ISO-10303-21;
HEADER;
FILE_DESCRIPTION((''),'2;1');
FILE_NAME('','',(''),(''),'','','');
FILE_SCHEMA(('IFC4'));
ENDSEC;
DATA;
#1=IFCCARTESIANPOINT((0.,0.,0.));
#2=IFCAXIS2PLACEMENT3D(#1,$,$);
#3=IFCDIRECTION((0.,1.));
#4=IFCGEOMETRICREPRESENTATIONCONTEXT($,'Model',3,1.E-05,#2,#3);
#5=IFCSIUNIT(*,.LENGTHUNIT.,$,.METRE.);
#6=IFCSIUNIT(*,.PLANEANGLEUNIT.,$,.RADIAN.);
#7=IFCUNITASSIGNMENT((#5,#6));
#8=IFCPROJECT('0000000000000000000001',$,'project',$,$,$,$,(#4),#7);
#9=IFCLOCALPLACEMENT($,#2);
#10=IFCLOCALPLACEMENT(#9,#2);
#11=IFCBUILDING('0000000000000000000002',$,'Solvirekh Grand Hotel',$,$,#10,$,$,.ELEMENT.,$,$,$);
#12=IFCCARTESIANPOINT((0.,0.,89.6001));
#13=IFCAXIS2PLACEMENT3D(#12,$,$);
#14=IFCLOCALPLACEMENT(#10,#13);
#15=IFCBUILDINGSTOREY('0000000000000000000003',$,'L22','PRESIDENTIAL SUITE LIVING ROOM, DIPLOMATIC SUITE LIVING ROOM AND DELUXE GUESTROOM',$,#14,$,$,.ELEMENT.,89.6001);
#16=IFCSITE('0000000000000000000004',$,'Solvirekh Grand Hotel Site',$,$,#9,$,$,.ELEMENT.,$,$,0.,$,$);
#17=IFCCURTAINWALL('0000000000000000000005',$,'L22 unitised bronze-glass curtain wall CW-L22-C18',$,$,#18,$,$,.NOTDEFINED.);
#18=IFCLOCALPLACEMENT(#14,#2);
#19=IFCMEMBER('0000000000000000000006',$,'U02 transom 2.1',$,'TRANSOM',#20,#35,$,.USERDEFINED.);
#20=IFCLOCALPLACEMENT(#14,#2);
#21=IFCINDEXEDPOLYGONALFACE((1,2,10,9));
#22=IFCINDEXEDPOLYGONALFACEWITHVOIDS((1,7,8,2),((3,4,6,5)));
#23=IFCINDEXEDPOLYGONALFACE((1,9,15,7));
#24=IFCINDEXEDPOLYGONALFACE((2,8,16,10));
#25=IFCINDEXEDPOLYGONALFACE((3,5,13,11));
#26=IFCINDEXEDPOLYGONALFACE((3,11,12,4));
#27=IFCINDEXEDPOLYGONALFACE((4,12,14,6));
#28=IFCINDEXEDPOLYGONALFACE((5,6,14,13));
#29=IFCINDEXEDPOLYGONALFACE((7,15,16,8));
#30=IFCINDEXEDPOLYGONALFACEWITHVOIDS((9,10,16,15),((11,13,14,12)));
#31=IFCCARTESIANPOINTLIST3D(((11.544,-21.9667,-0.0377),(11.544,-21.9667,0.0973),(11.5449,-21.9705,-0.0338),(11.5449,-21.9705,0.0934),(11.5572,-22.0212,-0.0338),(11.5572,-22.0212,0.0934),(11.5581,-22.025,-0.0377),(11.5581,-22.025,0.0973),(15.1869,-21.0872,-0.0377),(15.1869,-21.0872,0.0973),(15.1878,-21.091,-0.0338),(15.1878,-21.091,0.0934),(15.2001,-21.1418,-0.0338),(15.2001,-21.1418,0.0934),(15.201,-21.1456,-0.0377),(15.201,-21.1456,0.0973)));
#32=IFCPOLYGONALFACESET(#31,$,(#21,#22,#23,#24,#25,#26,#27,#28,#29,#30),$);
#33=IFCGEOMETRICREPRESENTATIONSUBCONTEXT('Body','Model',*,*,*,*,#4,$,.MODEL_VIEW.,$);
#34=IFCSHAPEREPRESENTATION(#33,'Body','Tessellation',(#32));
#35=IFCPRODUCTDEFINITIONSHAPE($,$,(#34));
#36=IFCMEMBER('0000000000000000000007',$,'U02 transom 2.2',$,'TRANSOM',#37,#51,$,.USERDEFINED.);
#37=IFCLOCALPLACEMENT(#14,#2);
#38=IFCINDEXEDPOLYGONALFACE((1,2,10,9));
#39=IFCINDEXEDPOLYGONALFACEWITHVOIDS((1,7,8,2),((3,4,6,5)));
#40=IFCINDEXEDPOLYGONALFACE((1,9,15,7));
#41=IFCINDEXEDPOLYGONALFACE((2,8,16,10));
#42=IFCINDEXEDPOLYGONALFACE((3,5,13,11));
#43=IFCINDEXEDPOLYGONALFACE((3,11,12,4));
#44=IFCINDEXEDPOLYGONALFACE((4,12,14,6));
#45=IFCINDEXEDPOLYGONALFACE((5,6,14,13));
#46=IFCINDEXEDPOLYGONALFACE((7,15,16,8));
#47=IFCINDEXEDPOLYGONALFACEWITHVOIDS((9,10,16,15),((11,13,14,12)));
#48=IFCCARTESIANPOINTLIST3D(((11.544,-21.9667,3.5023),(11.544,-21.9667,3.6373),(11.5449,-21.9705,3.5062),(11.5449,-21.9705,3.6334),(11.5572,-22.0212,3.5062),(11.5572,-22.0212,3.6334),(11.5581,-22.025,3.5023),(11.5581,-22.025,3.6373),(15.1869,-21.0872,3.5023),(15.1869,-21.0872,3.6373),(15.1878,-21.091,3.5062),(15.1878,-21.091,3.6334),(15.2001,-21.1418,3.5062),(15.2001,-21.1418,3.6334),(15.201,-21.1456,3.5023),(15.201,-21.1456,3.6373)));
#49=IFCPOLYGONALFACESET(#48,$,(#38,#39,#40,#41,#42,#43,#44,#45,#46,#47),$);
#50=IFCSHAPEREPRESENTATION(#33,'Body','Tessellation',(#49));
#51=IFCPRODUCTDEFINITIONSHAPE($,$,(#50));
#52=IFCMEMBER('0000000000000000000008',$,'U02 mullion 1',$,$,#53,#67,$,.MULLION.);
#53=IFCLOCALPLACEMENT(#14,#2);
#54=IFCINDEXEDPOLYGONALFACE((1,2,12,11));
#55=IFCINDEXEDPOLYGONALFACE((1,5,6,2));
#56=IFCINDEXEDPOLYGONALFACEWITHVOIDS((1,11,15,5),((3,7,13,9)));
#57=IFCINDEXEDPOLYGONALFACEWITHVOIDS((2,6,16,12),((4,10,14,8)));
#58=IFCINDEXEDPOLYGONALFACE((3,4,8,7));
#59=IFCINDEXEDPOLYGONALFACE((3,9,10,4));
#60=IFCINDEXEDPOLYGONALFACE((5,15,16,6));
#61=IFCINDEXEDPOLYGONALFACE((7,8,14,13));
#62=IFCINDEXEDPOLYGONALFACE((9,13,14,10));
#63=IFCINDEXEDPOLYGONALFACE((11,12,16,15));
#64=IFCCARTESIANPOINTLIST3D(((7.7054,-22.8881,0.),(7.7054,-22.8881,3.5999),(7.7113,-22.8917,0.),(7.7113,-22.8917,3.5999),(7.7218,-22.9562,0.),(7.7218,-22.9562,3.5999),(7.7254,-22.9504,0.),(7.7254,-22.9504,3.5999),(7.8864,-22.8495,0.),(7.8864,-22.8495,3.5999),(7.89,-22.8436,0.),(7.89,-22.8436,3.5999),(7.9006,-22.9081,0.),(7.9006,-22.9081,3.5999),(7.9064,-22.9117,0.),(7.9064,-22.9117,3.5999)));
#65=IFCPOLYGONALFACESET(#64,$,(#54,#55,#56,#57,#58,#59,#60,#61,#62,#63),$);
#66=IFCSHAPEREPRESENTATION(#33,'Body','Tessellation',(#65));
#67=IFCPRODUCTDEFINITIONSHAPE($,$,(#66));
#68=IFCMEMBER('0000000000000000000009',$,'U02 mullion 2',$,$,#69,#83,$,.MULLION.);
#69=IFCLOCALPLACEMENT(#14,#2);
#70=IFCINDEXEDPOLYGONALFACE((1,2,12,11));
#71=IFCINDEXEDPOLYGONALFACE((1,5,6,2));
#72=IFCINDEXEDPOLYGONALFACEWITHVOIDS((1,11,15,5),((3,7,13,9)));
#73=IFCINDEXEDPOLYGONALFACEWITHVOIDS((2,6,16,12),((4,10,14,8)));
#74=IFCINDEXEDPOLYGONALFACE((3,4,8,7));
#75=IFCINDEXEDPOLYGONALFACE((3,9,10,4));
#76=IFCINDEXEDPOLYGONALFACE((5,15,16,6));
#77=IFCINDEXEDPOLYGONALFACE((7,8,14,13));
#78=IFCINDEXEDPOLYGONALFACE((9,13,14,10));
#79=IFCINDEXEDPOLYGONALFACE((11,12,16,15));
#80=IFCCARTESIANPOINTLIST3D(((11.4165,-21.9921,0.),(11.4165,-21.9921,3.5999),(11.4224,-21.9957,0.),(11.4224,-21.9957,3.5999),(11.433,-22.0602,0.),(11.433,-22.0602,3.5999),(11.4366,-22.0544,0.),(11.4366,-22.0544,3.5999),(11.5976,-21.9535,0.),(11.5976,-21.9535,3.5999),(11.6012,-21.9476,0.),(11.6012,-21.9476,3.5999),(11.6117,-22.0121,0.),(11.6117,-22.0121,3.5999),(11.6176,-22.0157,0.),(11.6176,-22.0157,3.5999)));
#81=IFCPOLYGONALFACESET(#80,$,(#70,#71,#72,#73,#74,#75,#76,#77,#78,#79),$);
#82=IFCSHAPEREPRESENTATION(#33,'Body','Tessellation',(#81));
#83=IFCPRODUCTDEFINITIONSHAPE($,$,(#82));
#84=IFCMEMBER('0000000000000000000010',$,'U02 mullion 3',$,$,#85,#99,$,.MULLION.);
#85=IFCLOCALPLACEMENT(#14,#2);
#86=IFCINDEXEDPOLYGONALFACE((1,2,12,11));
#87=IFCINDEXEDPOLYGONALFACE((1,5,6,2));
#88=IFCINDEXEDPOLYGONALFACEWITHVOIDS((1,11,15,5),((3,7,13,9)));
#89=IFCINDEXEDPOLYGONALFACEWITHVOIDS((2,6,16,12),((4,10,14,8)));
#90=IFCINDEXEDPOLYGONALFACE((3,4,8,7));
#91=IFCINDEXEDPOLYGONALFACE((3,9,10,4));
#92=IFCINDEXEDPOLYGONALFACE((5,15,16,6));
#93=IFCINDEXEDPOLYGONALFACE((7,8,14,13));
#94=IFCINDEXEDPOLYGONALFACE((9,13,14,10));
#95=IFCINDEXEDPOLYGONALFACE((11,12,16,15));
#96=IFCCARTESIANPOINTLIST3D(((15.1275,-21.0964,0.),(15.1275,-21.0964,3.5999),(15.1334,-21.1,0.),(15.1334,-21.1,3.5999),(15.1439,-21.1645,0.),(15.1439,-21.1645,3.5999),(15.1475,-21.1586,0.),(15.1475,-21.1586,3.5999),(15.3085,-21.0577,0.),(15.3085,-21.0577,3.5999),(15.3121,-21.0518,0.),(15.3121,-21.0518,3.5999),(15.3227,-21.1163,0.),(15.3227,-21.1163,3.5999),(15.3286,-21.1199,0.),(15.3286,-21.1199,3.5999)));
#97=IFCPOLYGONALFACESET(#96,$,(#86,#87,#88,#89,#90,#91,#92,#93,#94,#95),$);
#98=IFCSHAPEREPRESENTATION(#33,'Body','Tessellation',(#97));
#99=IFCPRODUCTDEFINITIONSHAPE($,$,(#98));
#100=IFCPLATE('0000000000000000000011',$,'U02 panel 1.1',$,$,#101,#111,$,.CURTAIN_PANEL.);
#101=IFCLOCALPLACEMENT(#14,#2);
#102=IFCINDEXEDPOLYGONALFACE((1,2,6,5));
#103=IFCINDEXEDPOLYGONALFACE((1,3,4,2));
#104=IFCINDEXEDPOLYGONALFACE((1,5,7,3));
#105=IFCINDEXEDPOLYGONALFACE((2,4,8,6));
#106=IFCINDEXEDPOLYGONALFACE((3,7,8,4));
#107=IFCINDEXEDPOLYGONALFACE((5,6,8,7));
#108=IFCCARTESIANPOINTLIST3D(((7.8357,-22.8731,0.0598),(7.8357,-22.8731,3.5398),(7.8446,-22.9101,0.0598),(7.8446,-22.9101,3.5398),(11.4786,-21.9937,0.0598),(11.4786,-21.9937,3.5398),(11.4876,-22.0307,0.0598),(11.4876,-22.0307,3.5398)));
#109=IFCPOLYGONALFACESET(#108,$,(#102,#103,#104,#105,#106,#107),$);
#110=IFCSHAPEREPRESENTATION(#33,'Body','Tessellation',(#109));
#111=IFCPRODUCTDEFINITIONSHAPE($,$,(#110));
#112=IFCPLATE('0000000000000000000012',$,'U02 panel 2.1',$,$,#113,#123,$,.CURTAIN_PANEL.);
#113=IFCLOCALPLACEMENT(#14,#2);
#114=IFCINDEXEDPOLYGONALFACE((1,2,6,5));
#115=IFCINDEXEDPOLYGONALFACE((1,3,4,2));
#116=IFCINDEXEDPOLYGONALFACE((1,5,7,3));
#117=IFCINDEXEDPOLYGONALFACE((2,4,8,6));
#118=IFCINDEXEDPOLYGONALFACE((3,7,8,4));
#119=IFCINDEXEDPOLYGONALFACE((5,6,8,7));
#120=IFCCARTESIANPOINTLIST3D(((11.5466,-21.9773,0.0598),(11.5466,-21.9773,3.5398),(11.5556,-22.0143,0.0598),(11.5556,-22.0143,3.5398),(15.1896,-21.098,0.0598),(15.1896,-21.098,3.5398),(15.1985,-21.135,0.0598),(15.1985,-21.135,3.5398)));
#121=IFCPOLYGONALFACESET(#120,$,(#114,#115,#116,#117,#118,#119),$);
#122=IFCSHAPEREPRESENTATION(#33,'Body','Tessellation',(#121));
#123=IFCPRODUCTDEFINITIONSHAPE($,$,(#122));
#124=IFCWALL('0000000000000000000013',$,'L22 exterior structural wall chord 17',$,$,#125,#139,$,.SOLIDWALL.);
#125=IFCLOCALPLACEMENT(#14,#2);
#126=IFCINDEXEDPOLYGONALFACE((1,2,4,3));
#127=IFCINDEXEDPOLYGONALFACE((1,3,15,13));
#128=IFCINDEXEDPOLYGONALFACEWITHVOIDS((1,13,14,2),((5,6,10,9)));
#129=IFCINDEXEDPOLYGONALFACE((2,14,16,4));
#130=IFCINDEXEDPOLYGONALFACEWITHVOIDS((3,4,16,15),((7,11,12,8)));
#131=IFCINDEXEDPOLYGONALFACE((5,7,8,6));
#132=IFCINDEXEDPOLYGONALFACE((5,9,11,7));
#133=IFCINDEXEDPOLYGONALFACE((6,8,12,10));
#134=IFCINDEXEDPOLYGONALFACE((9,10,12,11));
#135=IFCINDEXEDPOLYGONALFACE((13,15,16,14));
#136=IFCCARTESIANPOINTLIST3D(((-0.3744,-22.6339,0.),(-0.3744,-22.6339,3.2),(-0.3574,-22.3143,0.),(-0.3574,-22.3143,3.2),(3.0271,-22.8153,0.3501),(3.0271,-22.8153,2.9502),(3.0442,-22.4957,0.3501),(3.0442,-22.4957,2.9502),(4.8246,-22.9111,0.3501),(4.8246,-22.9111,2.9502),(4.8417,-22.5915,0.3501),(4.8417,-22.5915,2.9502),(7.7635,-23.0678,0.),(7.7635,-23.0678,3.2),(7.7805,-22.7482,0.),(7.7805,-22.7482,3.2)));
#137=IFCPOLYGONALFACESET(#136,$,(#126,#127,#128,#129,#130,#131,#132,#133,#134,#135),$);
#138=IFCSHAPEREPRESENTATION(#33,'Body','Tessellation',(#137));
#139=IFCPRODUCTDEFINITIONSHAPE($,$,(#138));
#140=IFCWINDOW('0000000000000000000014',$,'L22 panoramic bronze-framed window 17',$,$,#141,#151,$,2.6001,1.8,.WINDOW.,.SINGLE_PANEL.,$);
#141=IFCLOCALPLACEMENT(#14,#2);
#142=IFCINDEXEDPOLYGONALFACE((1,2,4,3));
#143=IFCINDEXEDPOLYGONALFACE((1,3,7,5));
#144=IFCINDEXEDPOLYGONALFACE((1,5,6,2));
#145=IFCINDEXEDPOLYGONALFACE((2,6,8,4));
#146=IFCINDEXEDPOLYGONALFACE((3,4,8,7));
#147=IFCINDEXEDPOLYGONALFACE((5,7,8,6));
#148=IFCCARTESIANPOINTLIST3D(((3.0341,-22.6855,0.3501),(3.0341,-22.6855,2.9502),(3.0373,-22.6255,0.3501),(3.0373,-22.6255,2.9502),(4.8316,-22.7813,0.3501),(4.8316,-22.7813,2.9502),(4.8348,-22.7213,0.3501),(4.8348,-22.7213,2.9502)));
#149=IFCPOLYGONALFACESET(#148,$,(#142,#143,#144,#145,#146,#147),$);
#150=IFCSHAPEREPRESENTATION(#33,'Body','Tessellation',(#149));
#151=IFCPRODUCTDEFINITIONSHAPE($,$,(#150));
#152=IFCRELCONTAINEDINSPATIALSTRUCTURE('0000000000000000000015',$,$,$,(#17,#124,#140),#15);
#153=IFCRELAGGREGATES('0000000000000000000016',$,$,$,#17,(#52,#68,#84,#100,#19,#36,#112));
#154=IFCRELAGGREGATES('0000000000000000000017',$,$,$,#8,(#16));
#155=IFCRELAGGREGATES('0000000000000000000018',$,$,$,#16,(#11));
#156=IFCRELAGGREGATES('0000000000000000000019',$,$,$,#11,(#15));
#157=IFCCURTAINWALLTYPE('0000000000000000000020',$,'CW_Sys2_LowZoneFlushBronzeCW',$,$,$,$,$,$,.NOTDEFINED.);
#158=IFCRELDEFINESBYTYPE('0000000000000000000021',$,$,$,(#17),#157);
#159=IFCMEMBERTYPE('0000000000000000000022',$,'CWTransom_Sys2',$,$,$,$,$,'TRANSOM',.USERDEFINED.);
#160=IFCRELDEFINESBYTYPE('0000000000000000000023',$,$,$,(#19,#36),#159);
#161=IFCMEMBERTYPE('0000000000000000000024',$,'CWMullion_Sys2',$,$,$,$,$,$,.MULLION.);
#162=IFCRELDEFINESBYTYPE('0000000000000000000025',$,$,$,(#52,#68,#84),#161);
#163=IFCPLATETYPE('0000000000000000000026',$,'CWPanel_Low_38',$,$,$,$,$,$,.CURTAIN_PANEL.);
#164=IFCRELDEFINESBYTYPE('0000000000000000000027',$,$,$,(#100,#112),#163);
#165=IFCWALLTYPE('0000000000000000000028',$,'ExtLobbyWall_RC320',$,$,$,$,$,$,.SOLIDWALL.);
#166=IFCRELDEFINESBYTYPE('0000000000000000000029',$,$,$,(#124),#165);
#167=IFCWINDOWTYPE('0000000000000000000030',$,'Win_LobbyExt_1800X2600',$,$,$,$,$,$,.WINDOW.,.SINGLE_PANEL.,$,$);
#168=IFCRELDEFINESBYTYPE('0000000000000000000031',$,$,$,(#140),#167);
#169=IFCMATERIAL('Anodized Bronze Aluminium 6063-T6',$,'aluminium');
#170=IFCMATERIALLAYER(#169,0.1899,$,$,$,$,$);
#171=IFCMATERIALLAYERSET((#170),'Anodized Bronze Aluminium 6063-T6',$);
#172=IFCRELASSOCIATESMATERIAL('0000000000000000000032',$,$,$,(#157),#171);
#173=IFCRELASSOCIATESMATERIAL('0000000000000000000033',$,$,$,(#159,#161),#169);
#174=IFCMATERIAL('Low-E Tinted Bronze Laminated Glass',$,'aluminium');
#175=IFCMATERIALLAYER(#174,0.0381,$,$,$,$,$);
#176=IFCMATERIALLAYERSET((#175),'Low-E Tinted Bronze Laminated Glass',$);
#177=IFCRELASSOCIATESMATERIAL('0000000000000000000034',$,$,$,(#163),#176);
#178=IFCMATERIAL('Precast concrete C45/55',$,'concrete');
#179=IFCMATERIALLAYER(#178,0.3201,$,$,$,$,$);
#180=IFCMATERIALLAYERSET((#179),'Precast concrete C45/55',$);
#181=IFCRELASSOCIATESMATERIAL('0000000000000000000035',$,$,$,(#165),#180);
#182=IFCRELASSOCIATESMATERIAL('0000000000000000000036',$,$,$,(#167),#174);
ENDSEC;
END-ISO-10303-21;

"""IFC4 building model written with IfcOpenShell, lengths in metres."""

from ifc_helpers import new_model, si_unit, direction, frame, frame_2d, origin, origin_2d, place, context, subcontext, project, spatial, rectangle, hollow_rectangle, extrude, source, transform, mapped, material, layer, layer_set, material_profile, profile_set, type_object, element, fill, aggregate, save


model = new_model("IFC4")

# Units and contexts
model_context = context("Model", 3, precision=1e-05, world=origin(), true_north=direction((0.0, 1.0)))
body_context = subcontext(model_context, "Body", "Model", "MODEL_VIEW")
ifc_project = project(units=[si_unit("LENGTHUNIT", "METRE"), si_unit("PLANEANGLEUNIT", "RADIAN")], contexts=[model_context])

# Site, building, storey
site_placement = place(None, origin())
site = spatial("IfcSite", under=ifc_project, at=site_placement, Name="Solvirekh Grand Hotel Site", CompositionType="ELEMENT", RefElevation=0.0)
building_placement = place(site_placement, origin())
building = spatial("IfcBuilding", under=site, at=building_placement, Name="Solvirekh Grand Hotel", CompositionType="ELEMENT")
storey_placement = place(building_placement, frame((0.0, 0.0, 89.6001)))
storey = spatial("IfcBuildingStorey", under=building, at=storey_placement, Name="L22", Description="PRESIDENTIAL SUITE LIVING ROOM, DIPLOMATIC SUITE LIVING ROOM AND DELUXE GUESTROOM", CompositionType="ELEMENT", Elevation=89.6001)

# Curtain wall, members, plates
ifc_material_1 = material(Name="Anodized Bronze Aluminium 6063-T6", Category="aluminium")
ifc_layer_1 = layer(ifc_material_1, 0.1899)
ifc_layer_set_1 = layer_set([ifc_layer_1], Name="Anodized Bronze Aluminium 6063-T6")
curtain_wall_type = type_object("IfcCurtainWallType", Name="CW_Sys2_LowZoneFlushBronzeCW", PredefinedType="NOTDEFINED", material=ifc_layer_set_1)
curtain_wall_placement = place(storey_placement, origin())
curtain_wall = element("IfcCurtainWall", 1, at=curtain_wall_placement, inside=storey, type_object=curtain_wall_type, Name="L22 unitised bronze-glass curtain wall CW-L22-C18", PredefinedType="NOTDEFINED")
ifc_material_profile_1 = material_profile(ifc_material_1, hollow_rectangle(XDim=0.0601, YDim=0.135, WallThickness=0.0039, at=origin_2d()), Name="ALU RHS 135X60X4")
ifc_profile_set_1 = profile_set([ifc_material_profile_1], Name="Anodized Bronze Aluminium 6063-T6")
member_type_1 = type_object("IfcMemberType", Name="CWTransom_Sys2", ElementType="TRANSOM", PredefinedType="USERDEFINED", material=ifc_profile_set_1)
shared_shape_1 = source(origin(), body_context, "Body", "SweptSolid", [
    extrude(hollow_rectangle(XDim=0.0601, YDim=0.135, WallThickness=0.0039, at=origin_2d()), origin(), (0.0, 0.0, 1.0), 3.7476),
])
member_1_placement = place(storey_placement, frame((11.551, -21.9958, 0.0298), z_axis=(0.972077, 0.234664, 0.0), x_axis=(-0.234664, 0.972077, 0.0)))
member_1 = element("IfcMember", 2, at=member_1_placement, type_object=member_type_1, Name="U02 transom 2.1", ObjectType="TRANSOM", PredefinedType="USERDEFINED", context=body_context, shape_type="MappedRepresentation", body=[
    mapped(shared_shape_1, transform((0.0, 0.0, 0.0), x_axis=(1.0, 0.0, 0.0), y_axis=(0.0, 1.0, 0.0), z_axis=(0.0, 0.0, 1.0), scale=1.0)),
])
member_2_placement = place(storey_placement, frame((11.551, -21.9958, 3.5698), z_axis=(0.972077, 0.234664, 0.0), x_axis=(-0.234664, 0.972077, 0.0)))
member_2 = element("IfcMember", 3, at=member_2_placement, type_object=member_type_1, Name="U02 transom 2.2", ObjectType="TRANSOM", PredefinedType="USERDEFINED", context=body_context, shape_type="MappedRepresentation", body=[
    mapped(shared_shape_1, transform((0.0, 0.0, 0.0), x_axis=(1.0, 0.0, 0.0), y_axis=(0.0, 1.0, 0.0), z_axis=(0.0, 0.0, 1.0), scale=1.0)),
])
ifc_material_profile_2 = material_profile(ifc_material_1, hollow_rectangle(XDim=0.0701, YDim=0.1899, WallThickness=0.0049, at=origin_2d()), Name="ALU RHS 190X70X5")
ifc_profile_set_2 = profile_set([ifc_material_profile_2], Name="Anodized Bronze Aluminium 6063-T6")
member_type_2 = type_object("IfcMemberType", Name="CWMullion_Sys2", PredefinedType="MULLION", material=ifc_profile_set_2)
shared_shape_2 = source(origin(), body_context, "Body", "SweptSolid", [
    extrude(hollow_rectangle(XDim=0.0701, YDim=0.1899, WallThickness=0.0049, at=origin_2d()), origin(), (0.0, 0.0, 1.0), 3.5999),
])
member_3_placement = place(storey_placement, frame((7.8059, -22.8999, 0.0), z_axis=(0.0, 0.0, 1.0), x_axis=(-0.234649, 0.97208, 0.0)))
member_3 = element("IfcMember", 4, at=member_3_placement, type_object=member_type_2, Name="U02 mullion 1", PredefinedType="MULLION", context=body_context, shape_type="MappedRepresentation", body=[
    mapped(shared_shape_2, transform((0.0, 0.0, 0.0), x_axis=(1.0, 0.0, 0.0), y_axis=(0.0, 1.0, 0.0), z_axis=(0.0, 0.0, 1.0), scale=1.0)),
])
member_4_placement = place(storey_placement, frame((11.5171, -22.0039, 0.0), z_axis=(0.0, 0.0, 1.0), x_axis=(-0.234649, 0.97208, 0.0)))
member_4 = element("IfcMember", 5, at=member_4_placement, type_object=member_type_2, Name="U02 mullion 2", PredefinedType="MULLION", context=body_context, shape_type="MappedRepresentation", body=[
    mapped(shared_shape_2, transform((0.0, 0.0, 0.0), x_axis=(1.0, 0.0, 0.0), y_axis=(0.0, 1.0, 0.0), z_axis=(0.0, 0.0, 1.0), scale=1.0)),
])
member_5_placement = place(storey_placement, frame((15.228, -21.1082, 0.0), z_axis=(0.0, 0.0, 1.0), x_axis=(-0.234649, 0.97208, 0.0)))
member_5 = element("IfcMember", 6, at=member_5_placement, type_object=member_type_2, Name="U02 mullion 3", PredefinedType="MULLION", context=body_context, shape_type="MappedRepresentation", body=[
    mapped(shared_shape_2, transform((0.0, 0.0, 0.0), x_axis=(1.0, 0.0, 0.0), y_axis=(0.0, 1.0, 0.0), z_axis=(0.0, 0.0, 1.0), scale=1.0)),
])
ifc_material_2 = material(Name="Low-E Tinted Bronze Laminated Glass", Category="aluminium")
ifc_layer_2 = layer(ifc_material_2, 0.0381)
ifc_layer_set_2 = layer_set([ifc_layer_2], Name="Low-E Tinted Bronze Laminated Glass")
plate_type = type_object("IfcPlateType", Name="CWPanel_Low_38", PredefinedType="CURTAIN_PANEL", material=ifc_layer_set_2)
shared_shape_3 = source(origin(), body_context, "Body", "SweptSolid", [
    extrude(rectangle(XDim=3.7476, YDim=0.0381, at=origin_2d()), origin(), (0.0, 0.0, 1.0), 3.48),
])
plate_1_placement = place(storey_placement, frame((9.6616, -22.4519, 0.0598), z_axis=(0.0, 0.0, 1.0), x_axis=(0.97208, 0.234649, 0.0)))
plate_1 = element("IfcPlate", 7, at=plate_1_placement, type_object=plate_type, Name="U02 panel 1.1", PredefinedType="CURTAIN_PANEL", context=body_context, shape_type="MappedRepresentation", body=[
    mapped(shared_shape_3, transform((0.0, 0.0, 0.0), x_axis=(1.0, 0.0, 0.0), y_axis=(0.0, 1.0, 0.0), z_axis=(0.0, 0.0, 1.0), scale=1.0)),
])
plate_2_placement = place(storey_placement, frame((13.3726, -21.5562, 0.0598), z_axis=(0.0, 0.0, 1.0), x_axis=(0.97208, 0.234649, 0.0)))
plate_2 = element("IfcPlate", 8, at=plate_2_placement, type_object=plate_type, Name="U02 panel 2.1", PredefinedType="CURTAIN_PANEL", context=body_context, shape_type="MappedRepresentation", body=[
    mapped(shared_shape_3, transform((0.0, 0.0, 0.0), x_axis=(1.0, 0.0, 0.0), y_axis=(0.0, 1.0, 0.0), z_axis=(0.0, 0.0, 1.0), scale=1.0)),
])
aggregate(curtain_wall, [member_3, member_4, member_5, plate_1, member_1, member_2, plate_2])

# Wall, opening, window
ifc_material_3 = material(Name="Precast concrete C45/55", Category="concrete")
ifc_layer_3 = layer(ifc_material_3, 0.3201)
ifc_layer_set_3 = layer_set([ifc_layer_3], Name="Precast concrete C45/55")
wall_type_1 = type_object("IfcWallType", Name="ExtLobbyWall_RC320", PredefinedType="SOLIDWALL", material=ifc_layer_set_3)
wall_1_placement = place(storey_placement, frame((7.772, -22.908, 0.0), z_axis=(0.0, 0.0, 1.0), x_axis=(-0.998582, 0.053235, 0.0)))
wall_1 = element("IfcWall", 9, at=wall_1_placement, inside=storey, type_object=wall_type_1, Name="L22 exterior structural wall chord 17", PredefinedType="SOLIDWALL", context=body_context, shape_type="SweptSolid", body=[
    extrude(rectangle(XDim=8.1494, YDim=0.3201, at=frame_2d((4.0747, 0.0))), origin(), (0.0, 0.0, 1.0), 3.2),
])
opening_1_placement = place(wall_1_placement, frame((2.9431, 0.0, 0.3501)))
opening_1 = element("IfcOpeningElement", 10, at=opening_1_placement, cuts=wall_1, PredefinedType="OPENING", context=body_context, shape_type="SweptSolid", body=[
    extrude(rectangle(XDim=1.8, YDim=2.6001, at=frame_2d((0.8999, 1.3))), frame((0.0, 0.1699, 0.0), z_axis=(0.0, -1.0, 0.0), x_axis=(1.0, 0.0, 0.0)), (0.0, 0.0, 1.0), 0.3401),
])
window_type = type_object("IfcWindowType", Name="Win_LobbyExt_1800X2600", PartitioningType="SINGLE_PANEL", PredefinedType="WINDOW", material=ifc_material_2)
window_1_placement = place(opening_1_placement, origin())
window_1 = element("IfcWindow", 11, at=window_1_placement, inside=storey, type_object=window_type, Name="L22 panoramic bronze-framed window 17", OverallHeight=2.6001, OverallWidth=1.8, PartitioningType="SINGLE_PANEL", PredefinedType="WINDOW", context=body_context, shape_type="SweptSolid", body=[
    extrude(rectangle(XDim=1.8, YDim=2.6001, at=frame_2d((0.8999, 1.3))), frame((0.0, 0.03, 0.0), z_axis=(0.0, -1.0, 0.0), x_axis=(1.0, 0.0, 0.0)), (0.0, 0.0, 1.0), 0.0601),
])
fill(opening_1, window_1)

save(model, "model.ifc")
